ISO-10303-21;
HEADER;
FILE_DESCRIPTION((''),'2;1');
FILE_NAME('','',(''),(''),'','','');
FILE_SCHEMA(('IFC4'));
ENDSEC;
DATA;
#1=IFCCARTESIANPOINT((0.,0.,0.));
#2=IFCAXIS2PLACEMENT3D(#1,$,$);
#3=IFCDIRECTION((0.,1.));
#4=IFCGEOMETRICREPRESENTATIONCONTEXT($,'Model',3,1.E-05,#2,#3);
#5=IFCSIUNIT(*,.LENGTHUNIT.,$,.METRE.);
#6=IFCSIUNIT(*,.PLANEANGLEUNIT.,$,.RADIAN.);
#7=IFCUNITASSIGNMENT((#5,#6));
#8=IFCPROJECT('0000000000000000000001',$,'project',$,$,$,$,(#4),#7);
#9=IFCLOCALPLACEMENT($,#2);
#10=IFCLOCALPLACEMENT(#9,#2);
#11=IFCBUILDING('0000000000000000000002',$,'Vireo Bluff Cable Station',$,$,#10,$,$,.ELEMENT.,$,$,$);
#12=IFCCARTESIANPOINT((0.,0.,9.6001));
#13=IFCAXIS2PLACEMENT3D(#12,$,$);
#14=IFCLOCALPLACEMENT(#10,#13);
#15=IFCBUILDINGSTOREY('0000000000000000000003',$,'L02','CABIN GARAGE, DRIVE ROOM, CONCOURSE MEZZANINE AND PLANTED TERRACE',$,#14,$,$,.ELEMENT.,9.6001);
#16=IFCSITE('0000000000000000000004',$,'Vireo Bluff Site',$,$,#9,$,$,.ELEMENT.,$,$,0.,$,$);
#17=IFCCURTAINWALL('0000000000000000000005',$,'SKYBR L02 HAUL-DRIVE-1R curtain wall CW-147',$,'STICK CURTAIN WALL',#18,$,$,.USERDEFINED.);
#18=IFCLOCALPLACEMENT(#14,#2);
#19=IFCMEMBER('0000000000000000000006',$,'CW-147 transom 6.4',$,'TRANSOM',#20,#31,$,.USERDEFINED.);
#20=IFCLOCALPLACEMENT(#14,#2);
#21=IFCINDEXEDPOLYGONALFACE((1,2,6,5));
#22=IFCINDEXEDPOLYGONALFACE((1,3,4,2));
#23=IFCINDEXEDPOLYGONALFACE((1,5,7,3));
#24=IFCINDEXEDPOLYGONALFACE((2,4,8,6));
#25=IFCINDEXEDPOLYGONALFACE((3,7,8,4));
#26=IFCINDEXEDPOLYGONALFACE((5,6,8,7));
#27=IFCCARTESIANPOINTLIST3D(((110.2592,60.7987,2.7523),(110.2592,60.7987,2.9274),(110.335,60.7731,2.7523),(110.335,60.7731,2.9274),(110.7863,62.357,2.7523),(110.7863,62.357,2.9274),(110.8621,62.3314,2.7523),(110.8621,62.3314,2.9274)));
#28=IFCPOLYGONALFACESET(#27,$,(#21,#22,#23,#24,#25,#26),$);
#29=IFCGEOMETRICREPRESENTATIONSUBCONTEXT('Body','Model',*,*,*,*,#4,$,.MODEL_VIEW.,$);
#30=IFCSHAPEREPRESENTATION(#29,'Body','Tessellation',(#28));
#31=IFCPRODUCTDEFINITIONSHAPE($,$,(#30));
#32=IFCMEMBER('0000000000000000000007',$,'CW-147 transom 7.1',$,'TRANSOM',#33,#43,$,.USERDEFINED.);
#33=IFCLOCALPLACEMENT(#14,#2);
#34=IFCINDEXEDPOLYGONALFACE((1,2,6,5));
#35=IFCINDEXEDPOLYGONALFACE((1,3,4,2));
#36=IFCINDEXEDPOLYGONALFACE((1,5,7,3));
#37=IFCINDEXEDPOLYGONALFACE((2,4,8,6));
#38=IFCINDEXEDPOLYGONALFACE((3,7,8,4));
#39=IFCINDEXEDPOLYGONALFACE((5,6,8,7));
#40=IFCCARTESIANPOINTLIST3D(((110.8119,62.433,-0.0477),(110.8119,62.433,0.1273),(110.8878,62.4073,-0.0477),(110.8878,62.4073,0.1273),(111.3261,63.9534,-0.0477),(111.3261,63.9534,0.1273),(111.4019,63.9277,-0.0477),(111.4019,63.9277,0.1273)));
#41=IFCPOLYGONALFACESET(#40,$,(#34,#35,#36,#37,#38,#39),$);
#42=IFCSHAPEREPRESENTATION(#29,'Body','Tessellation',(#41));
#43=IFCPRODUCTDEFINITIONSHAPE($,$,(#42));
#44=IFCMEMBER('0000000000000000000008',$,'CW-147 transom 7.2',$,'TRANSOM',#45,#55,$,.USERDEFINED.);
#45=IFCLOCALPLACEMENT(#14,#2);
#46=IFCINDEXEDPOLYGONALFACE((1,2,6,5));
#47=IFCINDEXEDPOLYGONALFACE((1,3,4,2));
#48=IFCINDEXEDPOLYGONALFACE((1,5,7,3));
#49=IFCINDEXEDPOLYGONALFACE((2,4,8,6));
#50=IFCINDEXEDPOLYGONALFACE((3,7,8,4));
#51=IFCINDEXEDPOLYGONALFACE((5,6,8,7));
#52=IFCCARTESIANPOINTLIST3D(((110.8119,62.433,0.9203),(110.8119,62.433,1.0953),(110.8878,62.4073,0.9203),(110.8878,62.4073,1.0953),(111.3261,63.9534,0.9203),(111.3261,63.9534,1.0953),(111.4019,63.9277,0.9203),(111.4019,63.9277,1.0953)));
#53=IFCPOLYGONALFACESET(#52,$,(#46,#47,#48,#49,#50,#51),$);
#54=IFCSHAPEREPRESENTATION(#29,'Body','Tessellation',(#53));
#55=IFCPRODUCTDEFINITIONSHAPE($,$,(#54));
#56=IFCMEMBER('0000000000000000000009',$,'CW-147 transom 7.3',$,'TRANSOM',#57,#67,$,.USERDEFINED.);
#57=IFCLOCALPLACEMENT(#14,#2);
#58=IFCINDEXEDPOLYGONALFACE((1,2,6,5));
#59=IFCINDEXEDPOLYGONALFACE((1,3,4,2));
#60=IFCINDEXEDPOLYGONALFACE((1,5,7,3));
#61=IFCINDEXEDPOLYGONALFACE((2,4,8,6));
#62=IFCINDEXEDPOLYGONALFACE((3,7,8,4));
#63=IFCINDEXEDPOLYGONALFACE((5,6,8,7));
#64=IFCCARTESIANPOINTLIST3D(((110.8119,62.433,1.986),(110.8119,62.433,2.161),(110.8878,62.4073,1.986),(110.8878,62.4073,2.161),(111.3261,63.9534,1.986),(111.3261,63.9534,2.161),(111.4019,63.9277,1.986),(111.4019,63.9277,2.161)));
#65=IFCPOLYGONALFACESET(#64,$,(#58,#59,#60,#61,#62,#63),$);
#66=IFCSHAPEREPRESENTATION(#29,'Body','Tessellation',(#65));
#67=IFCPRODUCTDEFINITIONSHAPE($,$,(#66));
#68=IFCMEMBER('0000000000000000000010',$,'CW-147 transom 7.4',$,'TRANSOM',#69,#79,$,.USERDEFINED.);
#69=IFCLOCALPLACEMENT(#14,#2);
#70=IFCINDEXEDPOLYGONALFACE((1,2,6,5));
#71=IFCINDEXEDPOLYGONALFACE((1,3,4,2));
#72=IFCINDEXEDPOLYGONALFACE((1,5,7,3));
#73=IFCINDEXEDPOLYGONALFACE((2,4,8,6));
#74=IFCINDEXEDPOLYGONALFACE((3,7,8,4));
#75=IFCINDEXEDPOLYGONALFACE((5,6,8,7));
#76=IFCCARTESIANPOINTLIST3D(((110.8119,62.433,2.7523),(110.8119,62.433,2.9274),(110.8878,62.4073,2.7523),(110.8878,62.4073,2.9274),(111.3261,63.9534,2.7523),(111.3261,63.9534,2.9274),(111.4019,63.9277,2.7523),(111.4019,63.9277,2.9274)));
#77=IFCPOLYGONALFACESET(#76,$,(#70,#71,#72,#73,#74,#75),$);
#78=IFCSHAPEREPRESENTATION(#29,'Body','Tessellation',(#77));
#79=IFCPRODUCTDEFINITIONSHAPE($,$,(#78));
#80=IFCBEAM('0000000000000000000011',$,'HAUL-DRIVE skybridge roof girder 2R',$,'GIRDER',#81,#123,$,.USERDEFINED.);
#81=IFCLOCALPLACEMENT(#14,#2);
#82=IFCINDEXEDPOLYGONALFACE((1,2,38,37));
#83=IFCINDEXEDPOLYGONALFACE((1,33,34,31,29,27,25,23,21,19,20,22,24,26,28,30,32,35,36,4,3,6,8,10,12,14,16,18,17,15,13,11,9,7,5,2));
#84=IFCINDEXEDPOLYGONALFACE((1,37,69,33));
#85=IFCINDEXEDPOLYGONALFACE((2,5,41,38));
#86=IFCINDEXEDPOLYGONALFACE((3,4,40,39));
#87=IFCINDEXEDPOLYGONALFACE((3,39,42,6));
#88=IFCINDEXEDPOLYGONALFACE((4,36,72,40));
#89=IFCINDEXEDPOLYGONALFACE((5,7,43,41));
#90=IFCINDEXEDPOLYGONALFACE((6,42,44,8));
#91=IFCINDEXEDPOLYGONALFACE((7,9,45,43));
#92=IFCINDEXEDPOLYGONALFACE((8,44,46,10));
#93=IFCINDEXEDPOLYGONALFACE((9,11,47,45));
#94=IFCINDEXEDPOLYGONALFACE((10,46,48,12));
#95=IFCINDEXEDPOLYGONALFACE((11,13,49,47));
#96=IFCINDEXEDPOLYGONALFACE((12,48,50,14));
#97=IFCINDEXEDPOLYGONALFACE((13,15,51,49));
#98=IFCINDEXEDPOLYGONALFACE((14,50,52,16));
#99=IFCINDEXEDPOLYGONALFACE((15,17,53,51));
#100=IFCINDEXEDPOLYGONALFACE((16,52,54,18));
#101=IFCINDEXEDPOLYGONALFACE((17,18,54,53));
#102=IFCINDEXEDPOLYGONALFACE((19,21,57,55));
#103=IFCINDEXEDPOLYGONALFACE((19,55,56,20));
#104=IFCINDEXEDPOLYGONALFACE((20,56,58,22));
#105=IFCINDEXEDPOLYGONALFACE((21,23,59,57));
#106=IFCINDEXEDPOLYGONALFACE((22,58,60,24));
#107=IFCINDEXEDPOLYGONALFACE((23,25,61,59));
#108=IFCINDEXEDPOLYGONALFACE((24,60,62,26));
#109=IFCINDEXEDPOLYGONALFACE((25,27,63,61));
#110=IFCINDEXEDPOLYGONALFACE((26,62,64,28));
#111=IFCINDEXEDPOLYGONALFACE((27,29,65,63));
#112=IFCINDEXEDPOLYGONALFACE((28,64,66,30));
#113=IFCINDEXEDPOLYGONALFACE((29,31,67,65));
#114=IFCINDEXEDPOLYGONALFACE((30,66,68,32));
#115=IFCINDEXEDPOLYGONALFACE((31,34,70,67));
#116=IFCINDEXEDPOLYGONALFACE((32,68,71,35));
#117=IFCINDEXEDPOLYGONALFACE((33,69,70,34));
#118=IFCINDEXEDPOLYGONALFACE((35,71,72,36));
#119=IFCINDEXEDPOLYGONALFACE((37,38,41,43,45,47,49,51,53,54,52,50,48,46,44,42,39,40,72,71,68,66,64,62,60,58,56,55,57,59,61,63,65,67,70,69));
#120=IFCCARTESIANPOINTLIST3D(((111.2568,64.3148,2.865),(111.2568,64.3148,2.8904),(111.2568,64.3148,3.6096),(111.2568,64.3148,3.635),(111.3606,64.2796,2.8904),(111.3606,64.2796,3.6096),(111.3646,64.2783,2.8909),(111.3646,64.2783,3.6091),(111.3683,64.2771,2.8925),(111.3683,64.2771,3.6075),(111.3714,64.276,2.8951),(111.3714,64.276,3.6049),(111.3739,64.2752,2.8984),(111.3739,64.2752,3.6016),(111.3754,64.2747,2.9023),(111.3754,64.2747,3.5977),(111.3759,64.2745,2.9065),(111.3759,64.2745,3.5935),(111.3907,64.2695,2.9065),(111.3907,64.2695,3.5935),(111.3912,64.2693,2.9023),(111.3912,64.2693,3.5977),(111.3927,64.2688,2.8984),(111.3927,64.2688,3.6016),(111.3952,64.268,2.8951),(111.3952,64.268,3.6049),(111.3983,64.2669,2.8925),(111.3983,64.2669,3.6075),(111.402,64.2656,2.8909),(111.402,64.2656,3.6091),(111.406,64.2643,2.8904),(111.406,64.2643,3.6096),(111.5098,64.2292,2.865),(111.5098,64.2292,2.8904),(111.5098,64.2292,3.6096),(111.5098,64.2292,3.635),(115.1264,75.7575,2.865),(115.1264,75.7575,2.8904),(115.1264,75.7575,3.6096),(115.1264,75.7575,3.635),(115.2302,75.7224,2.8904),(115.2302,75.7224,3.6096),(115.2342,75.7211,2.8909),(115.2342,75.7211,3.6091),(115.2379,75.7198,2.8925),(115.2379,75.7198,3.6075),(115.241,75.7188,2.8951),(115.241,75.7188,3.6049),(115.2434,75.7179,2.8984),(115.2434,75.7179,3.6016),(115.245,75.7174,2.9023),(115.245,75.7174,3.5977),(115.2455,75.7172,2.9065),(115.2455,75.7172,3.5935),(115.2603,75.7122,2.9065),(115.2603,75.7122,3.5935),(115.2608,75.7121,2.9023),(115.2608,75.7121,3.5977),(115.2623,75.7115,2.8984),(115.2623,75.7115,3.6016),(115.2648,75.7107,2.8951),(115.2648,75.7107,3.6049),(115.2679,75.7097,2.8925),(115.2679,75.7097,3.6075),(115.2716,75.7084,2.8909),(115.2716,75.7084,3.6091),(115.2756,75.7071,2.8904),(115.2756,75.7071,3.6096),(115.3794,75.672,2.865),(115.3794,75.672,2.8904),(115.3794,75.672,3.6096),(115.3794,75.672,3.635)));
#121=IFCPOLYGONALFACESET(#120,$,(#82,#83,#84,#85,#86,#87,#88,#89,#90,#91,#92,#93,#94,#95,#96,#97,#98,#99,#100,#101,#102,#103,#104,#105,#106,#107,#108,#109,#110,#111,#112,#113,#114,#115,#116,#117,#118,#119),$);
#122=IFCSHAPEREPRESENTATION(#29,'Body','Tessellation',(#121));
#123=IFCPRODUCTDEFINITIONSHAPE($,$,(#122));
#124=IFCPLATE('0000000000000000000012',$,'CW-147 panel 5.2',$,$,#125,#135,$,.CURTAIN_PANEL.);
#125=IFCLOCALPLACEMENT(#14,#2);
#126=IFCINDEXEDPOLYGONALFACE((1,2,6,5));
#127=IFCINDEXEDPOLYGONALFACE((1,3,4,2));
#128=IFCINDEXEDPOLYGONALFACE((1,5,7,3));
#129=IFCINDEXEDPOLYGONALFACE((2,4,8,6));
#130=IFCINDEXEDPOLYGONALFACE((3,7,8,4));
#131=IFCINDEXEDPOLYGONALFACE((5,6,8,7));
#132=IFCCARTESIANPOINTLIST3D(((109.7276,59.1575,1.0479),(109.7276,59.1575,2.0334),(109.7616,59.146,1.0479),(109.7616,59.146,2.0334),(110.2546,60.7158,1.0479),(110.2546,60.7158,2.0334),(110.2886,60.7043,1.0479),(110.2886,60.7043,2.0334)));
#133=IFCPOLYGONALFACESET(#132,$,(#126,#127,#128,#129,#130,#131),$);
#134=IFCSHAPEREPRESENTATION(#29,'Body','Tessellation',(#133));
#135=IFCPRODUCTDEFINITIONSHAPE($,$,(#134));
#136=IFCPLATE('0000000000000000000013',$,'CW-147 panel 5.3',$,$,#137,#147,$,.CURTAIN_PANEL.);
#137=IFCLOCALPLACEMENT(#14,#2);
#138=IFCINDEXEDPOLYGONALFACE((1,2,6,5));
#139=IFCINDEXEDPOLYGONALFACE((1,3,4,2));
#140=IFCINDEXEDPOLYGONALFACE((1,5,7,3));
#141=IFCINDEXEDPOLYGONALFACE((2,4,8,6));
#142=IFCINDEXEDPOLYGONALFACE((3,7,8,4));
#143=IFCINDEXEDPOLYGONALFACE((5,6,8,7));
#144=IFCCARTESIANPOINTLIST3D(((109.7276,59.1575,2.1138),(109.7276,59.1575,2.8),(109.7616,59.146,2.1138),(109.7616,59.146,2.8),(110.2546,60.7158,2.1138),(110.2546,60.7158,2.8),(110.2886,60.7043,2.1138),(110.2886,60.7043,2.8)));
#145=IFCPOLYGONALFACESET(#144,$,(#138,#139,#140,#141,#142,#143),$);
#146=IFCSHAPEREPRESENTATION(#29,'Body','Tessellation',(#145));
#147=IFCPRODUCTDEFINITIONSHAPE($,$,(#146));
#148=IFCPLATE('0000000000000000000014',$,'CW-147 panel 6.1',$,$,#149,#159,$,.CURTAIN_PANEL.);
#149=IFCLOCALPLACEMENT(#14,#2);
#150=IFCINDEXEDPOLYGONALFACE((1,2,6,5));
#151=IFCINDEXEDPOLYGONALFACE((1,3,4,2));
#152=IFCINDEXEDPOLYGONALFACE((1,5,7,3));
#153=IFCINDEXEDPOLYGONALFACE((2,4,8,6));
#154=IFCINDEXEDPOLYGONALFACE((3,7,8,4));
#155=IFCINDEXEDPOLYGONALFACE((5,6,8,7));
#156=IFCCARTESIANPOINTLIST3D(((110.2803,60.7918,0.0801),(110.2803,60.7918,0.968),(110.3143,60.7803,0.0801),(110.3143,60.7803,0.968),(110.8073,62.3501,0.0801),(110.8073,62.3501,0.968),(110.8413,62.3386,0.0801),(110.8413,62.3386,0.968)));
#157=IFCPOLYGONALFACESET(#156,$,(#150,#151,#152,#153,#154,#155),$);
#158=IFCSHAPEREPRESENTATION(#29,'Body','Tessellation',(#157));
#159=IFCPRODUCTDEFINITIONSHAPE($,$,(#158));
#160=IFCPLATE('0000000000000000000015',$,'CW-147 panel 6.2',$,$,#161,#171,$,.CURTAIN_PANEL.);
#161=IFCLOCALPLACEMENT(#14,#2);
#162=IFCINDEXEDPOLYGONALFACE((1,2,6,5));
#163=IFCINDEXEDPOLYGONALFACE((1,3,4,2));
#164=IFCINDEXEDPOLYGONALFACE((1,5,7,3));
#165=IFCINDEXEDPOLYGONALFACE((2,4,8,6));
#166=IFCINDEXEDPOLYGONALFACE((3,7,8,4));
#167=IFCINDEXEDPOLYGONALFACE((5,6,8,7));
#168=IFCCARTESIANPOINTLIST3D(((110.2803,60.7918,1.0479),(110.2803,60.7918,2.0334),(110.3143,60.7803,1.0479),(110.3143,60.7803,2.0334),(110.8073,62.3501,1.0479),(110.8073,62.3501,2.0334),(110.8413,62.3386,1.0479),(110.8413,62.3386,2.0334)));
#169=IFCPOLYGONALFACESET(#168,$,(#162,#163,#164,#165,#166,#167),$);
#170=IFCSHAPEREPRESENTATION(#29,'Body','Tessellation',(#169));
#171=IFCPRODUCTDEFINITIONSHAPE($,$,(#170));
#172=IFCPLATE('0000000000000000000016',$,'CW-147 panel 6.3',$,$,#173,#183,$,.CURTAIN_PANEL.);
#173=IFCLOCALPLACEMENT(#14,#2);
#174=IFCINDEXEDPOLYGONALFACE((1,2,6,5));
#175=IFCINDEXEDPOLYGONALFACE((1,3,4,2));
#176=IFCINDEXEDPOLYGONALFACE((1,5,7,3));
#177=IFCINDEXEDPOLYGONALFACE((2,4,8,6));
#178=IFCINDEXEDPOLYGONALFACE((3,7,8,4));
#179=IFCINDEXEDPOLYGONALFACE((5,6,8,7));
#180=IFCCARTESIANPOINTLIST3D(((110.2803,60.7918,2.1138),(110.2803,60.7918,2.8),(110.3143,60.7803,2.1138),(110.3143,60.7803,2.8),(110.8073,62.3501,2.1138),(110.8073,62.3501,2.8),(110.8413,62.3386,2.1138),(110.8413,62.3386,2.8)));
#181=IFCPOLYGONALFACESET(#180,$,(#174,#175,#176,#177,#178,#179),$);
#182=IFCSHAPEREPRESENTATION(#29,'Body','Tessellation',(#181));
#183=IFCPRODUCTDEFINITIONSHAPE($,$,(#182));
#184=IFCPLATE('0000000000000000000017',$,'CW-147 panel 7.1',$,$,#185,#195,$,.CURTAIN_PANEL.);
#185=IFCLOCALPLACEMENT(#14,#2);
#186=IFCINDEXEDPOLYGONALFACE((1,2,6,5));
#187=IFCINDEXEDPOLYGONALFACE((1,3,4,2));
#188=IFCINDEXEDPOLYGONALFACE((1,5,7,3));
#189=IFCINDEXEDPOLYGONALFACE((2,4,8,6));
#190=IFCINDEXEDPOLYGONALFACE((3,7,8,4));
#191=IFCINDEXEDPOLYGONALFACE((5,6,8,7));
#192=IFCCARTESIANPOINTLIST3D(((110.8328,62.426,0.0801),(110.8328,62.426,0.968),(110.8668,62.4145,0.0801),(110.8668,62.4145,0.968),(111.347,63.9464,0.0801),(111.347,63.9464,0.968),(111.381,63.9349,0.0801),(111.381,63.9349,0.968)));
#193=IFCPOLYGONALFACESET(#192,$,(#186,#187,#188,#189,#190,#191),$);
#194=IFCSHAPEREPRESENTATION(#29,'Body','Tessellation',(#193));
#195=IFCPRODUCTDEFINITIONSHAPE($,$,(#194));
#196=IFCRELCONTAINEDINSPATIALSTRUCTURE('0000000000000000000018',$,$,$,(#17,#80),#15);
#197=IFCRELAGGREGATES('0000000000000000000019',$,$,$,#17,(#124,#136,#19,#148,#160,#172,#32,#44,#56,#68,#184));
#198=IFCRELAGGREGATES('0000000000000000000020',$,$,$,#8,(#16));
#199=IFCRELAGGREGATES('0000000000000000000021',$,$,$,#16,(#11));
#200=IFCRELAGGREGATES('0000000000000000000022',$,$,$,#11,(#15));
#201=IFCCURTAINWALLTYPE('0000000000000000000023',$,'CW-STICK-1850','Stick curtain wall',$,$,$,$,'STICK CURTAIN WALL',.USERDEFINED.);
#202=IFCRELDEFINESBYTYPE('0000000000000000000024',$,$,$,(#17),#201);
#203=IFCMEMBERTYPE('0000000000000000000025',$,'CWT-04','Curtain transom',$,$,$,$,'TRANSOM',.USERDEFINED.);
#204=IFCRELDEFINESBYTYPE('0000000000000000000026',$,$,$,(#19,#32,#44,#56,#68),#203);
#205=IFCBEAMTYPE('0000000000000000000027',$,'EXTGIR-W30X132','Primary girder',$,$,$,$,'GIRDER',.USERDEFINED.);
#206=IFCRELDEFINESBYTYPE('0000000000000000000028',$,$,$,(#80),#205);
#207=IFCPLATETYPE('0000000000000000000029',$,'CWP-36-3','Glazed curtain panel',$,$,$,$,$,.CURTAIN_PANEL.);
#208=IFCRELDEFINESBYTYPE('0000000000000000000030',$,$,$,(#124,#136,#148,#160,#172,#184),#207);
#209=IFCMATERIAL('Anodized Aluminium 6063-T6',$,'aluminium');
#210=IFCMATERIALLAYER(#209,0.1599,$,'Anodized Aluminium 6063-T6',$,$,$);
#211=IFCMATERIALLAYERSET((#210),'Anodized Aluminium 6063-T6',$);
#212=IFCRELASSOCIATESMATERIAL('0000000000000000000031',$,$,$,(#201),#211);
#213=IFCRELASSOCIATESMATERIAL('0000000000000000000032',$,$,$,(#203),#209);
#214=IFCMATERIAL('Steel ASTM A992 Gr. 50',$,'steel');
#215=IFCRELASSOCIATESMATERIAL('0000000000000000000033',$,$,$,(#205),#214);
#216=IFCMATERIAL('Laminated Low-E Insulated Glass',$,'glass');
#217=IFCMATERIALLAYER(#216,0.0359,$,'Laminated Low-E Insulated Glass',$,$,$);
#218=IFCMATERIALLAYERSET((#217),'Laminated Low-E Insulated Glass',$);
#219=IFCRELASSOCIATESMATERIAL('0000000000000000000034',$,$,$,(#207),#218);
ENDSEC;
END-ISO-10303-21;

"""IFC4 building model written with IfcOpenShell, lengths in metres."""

from ifc_helpers import new_model, si_unit, direction, frame, origin, origin_2d, place, context, subcontext, project, spatial, rectangle, i_section, extrude, material, layer, layer_set, material_profile, profile_set, type_object, element, aggregate, save


model = new_model("IFC4")

# Units and contexts
model_context = context("Model", 3, precision=1e-05, world=origin(), true_north=direction((0.0, 1.0)))
body_context = subcontext(model_context, "Body", "Model", "MODEL_VIEW")
ifc_project = project(units=[si_unit("LENGTHUNIT", "METRE"), si_unit("PLANEANGLEUNIT", "RADIAN")], contexts=[model_context])

# Site, building, storey
site_placement = place(None, origin())
site = spatial("IfcSite", under=ifc_project, at=site_placement, Name="Vireo Bluff Site", CompositionType="ELEMENT", RefElevation=0.0)
building_placement = place(site_placement, origin())
building = spatial("IfcBuilding", under=site, at=building_placement, Name="Vireo Bluff Cable Station", CompositionType="ELEMENT")
storey_placement = place(building_placement, frame((0.0, 0.0, 9.6001)))
storey = spatial("IfcBuildingStorey", under=building, at=storey_placement, Name="L02", Description="CABIN GARAGE, DRIVE ROOM, CONCOURSE MEZZANINE AND PLANTED TERRACE", CompositionType="ELEMENT", Elevation=9.6001)

# Shared definitions
ifc_material_1 = material(Name="Steel ASTM A992 Gr. 50", Category="steel")

# Shared definitions
ifc_material_2 = material(Name="Anodized Aluminium 6063-T6", Category="aluminium")
ifc_layer_1 = layer(ifc_material_2, 0.1599, Name="Anodized Aluminium 6063-T6")
ifc_layer_set_1 = layer_set([ifc_layer_1], Name="Anodized Aluminium 6063-T6")
curtain_wall_type = type_object("IfcCurtainWallType", Name="CW-STICK-1850", Description="Stick curtain wall", ElementType="STICK CURTAIN WALL", PredefinedType="USERDEFINED", material=ifc_layer_set_1)

# Curtain wall
curtain_wall_1_placement = place(storey_placement, origin())
curtain_wall_1 = element("IfcCurtainWall", 1, at=curtain_wall_1_placement, inside=storey, type_object=curtain_wall_type, Name="SKYBR L02 HAUL-DRIVE-1R curtain wall CW-147", ObjectType="STICK CURTAIN WALL", PredefinedType="USERDEFINED")

# Members
ifc_material_profile_1 = material_profile(ifc_material_2, rectangle(XDim=0.0801, YDim=0.175, at=origin_2d()), Name="ALU-T-80X175")
ifc_profile_set_1 = profile_set([ifc_material_profile_1], Name="Anodized Aluminium 6063-T6")
member_type_1 = type_object("IfcMemberType", Name="CWT-04", Description="Curtain transom", ElementType="TRANSOM", PredefinedType="USERDEFINED", material=ifc_profile_set_1)
member_1_placement = place(storey_placement, frame((110.2971, 60.7859, 2.8398), z_axis=(0.32041, 0.947279, 0.0), x_axis=(-0.947279, 0.32041, 0.0)))
member_1 = element("IfcMember", 2, at=member_1_placement, type_object=member_type_1, Name="CW-147 transom 6.4", ObjectType="TRANSOM", PredefinedType="USERDEFINED", context=body_context, shape_type="SweptSolid", body=[
    extrude(rectangle(XDim=0.0801, YDim=0.175, at=origin_2d()), origin(), (0.0, 0.0, 1.0), 1.645),
])
member_2_placement = place(storey_placement, frame((110.8499, 62.4202, 0.0398), z_axis=(0.320332, 0.947305, 0.0), x_axis=(-0.947305, 0.320332, 0.0)))
member_2 = element("IfcMember", 3, at=member_2_placement, type_object=member_type_1, Name="CW-147 transom 7.1", ObjectType="TRANSOM", PredefinedType="USERDEFINED", context=body_context, shape_type="SweptSolid", body=[
    extrude(rectangle(XDim=0.0801, YDim=0.175, at=origin_2d()), origin(), (0.0, 0.0, 1.0), 1.605),
])
member_3_placement = place(storey_placement, frame((110.8499, 62.4202, 1.0078), z_axis=(0.320332, 0.947305, 0.0), x_axis=(-0.947305, 0.320332, 0.0)))
member_3 = element("IfcMember", 4, at=member_3_placement, type_object=member_type_1, Name="CW-147 transom 7.2", ObjectType="TRANSOM", PredefinedType="USERDEFINED", context=body_context, shape_type="SweptSolid", body=[
    extrude(rectangle(XDim=0.0801, YDim=0.175, at=origin_2d()), origin(), (0.0, 0.0, 1.0), 1.605),
])
member_4_placement = place(storey_placement, frame((110.8499, 62.4202, 2.0735), z_axis=(0.320332, 0.947305, 0.0), x_axis=(-0.947305, 0.320332, 0.0)))
member_4 = element("IfcMember", 5, at=member_4_placement, type_object=member_type_1, Name="CW-147 transom 7.3", ObjectType="TRANSOM", PredefinedType="USERDEFINED", context=body_context, shape_type="SweptSolid", body=[
    extrude(rectangle(XDim=0.0801, YDim=0.175, at=origin_2d()), origin(), (0.0, 0.0, 1.0), 1.605),
])
member_5_placement = place(storey_placement, frame((110.8499, 62.4202, 2.8398), z_axis=(0.320332, 0.947305, 0.0), x_axis=(-0.947305, 0.320332, 0.0)))
member_5 = element("IfcMember", 6, at=member_5_placement, type_object=member_type_1, Name="CW-147 transom 7.4", ObjectType="TRANSOM", PredefinedType="USERDEFINED", context=body_context, shape_type="SweptSolid", body=[
    extrude(rectangle(XDim=0.0801, YDim=0.175, at=origin_2d()), origin(), (0.0, 0.0, 1.0), 1.605),
])

# Beam
ifc_material_profile_2 = material_profile(ifc_material_1, i_section(OverallWidth=0.2671, OverallDepth=0.77, WebThickness=0.0156, FlangeThickness=0.0254, FilletRadius=0.0161, at=origin_2d()), Name="W30X132")
ifc_profile_set_2 = profile_set([ifc_material_profile_2], Name="Steel ASTM A992 Gr. 50")
beam_type = type_object("IfcBeamType", Name="EXTGIR-W30X132", Description="Primary girder", ElementType="GIRDER", PredefinedType="USERDEFINED", material=ifc_profile_set_2)
beam_placement = place(storey_placement, frame((111.3833, 64.272, 3.25), z_axis=(0.320348, 0.9473, 0.0), x_axis=(-0.9473, 0.320348, 0.0)))
element("IfcBeam", 7, at=beam_placement, inside=storey, type_object=beam_type, Name="HAUL-DRIVE skybridge roof girder 2R", ObjectType="GIRDER", PredefinedType="USERDEFINED", context=body_context, shape_type="SweptSolid", body=[
    extrude(i_section(OverallWidth=0.2671, OverallDepth=0.77, WebThickness=0.0156, FlangeThickness=0.0254, FilletRadius=0.0161, at=origin_2d()), origin(), (0.0, 0.0, 1.0), 12.0793),
])

# Plates
ifc_material_3 = material(Name="Laminated Low-E Insulated Glass", Category="glass")
ifc_layer_2 = layer(ifc_material_3, 0.0359, Name="Laminated Low-E Insulated Glass")
ifc_layer_set_2 = layer_set([ifc_layer_2], Name="Laminated Low-E Insulated Glass")
plate_type = type_object("IfcPlateType", Name="CWP-36-3", Description="Glazed curtain panel", PredefinedType="CURTAIN_PANEL", material=ifc_layer_set_2)
plate_1_placement = place(storey_placement, frame((110.0081, 59.9309, 1.0479), z_axis=(0.0, 0.0, 1.0), x_axis=(0.320364, 0.947295, 0.0)))
plate_1 = element("IfcPlate", 8, at=plate_1_placement, type_object=plate_type, Name="CW-147 panel 5.2", PredefinedType="CURTAIN_PANEL", context=body_context, shape_type="SweptSolid", body=[
    extrude(rectangle(XDim=1.645, YDim=0.0359, at=origin_2d()), origin(), (0.0, 0.0, 1.0), 0.9856),
])
plate_2_placement = place(storey_placement, frame((110.0081, 59.9309, 2.1138), z_axis=(0.0, 0.0, 1.0), x_axis=(0.320364, 0.947295, 0.0)))
plate_2 = element("IfcPlate", 9, at=plate_2_placement, type_object=plate_type, Name="CW-147 panel 5.3", PredefinedType="CURTAIN_PANEL", context=body_context, shape_type="SweptSolid", body=[
    extrude(rectangle(XDim=1.645, YDim=0.0359, at=origin_2d()), origin(), (0.0, 0.0, 1.0), 0.6863),
])
plate_3_placement = place(storey_placement, frame((110.5608, 61.5652, 0.0801), z_axis=(0.0, 0.0, 1.0), x_axis=(0.320364, 0.947295, 0.0)))
plate_3 = element("IfcPlate", 10, at=plate_3_placement, type_object=plate_type, Name="CW-147 panel 6.1", PredefinedType="CURTAIN_PANEL", context=body_context, shape_type="SweptSolid", body=[
    extrude(rectangle(XDim=1.645, YDim=0.0359, at=origin_2d()), origin(), (0.0, 0.0, 1.0), 0.8879),
])
plate_4_placement = place(storey_placement, frame((110.5608, 61.5652, 1.0479), z_axis=(0.0, 0.0, 1.0), x_axis=(0.320364, 0.947295, 0.0)))
plate_4 = element("IfcPlate", 11, at=plate_4_placement, type_object=plate_type, Name="CW-147 panel 6.2", PredefinedType="CURTAIN_PANEL", context=body_context, shape_type="SweptSolid", body=[
    extrude(rectangle(XDim=1.645, YDim=0.0359, at=origin_2d()), origin(), (0.0, 0.0, 1.0), 0.9856),
])
plate_5_placement = place(storey_placement, frame((110.5608, 61.5652, 2.1138), z_axis=(0.0, 0.0, 1.0), x_axis=(0.320364, 0.947295, 0.0)))
plate_5 = element("IfcPlate", 12, at=plate_5_placement, type_object=plate_type, Name="CW-147 panel 6.3", PredefinedType="CURTAIN_PANEL", context=body_context, shape_type="SweptSolid", body=[
    extrude(rectangle(XDim=1.645, YDim=0.0359, at=origin_2d()), origin(), (0.0, 0.0, 1.0), 0.6863),
])
plate_6_placement = place(storey_placement, frame((111.1069, 63.1804, 0.0801), z_axis=(0.0, 0.0, 1.0), x_axis=(0.320364, 0.947295, 0.0)))
plate_6 = element("IfcPlate", 13, at=plate_6_placement, type_object=plate_type, Name="CW-147 panel 7.1", PredefinedType="CURTAIN_PANEL", context=body_context, shape_type="SweptSolid", body=[
    extrude(rectangle(XDim=1.605, YDim=0.0359, at=origin_2d()), origin(), (0.0, 0.0, 1.0), 0.8879),
])
aggregate(curtain_wall_1, [plate_1, plate_2, member_1, plate_3, plate_4, plate_5, member_2, member_3, member_4, member_5, plate_6])

save(model, "model.ifc")
